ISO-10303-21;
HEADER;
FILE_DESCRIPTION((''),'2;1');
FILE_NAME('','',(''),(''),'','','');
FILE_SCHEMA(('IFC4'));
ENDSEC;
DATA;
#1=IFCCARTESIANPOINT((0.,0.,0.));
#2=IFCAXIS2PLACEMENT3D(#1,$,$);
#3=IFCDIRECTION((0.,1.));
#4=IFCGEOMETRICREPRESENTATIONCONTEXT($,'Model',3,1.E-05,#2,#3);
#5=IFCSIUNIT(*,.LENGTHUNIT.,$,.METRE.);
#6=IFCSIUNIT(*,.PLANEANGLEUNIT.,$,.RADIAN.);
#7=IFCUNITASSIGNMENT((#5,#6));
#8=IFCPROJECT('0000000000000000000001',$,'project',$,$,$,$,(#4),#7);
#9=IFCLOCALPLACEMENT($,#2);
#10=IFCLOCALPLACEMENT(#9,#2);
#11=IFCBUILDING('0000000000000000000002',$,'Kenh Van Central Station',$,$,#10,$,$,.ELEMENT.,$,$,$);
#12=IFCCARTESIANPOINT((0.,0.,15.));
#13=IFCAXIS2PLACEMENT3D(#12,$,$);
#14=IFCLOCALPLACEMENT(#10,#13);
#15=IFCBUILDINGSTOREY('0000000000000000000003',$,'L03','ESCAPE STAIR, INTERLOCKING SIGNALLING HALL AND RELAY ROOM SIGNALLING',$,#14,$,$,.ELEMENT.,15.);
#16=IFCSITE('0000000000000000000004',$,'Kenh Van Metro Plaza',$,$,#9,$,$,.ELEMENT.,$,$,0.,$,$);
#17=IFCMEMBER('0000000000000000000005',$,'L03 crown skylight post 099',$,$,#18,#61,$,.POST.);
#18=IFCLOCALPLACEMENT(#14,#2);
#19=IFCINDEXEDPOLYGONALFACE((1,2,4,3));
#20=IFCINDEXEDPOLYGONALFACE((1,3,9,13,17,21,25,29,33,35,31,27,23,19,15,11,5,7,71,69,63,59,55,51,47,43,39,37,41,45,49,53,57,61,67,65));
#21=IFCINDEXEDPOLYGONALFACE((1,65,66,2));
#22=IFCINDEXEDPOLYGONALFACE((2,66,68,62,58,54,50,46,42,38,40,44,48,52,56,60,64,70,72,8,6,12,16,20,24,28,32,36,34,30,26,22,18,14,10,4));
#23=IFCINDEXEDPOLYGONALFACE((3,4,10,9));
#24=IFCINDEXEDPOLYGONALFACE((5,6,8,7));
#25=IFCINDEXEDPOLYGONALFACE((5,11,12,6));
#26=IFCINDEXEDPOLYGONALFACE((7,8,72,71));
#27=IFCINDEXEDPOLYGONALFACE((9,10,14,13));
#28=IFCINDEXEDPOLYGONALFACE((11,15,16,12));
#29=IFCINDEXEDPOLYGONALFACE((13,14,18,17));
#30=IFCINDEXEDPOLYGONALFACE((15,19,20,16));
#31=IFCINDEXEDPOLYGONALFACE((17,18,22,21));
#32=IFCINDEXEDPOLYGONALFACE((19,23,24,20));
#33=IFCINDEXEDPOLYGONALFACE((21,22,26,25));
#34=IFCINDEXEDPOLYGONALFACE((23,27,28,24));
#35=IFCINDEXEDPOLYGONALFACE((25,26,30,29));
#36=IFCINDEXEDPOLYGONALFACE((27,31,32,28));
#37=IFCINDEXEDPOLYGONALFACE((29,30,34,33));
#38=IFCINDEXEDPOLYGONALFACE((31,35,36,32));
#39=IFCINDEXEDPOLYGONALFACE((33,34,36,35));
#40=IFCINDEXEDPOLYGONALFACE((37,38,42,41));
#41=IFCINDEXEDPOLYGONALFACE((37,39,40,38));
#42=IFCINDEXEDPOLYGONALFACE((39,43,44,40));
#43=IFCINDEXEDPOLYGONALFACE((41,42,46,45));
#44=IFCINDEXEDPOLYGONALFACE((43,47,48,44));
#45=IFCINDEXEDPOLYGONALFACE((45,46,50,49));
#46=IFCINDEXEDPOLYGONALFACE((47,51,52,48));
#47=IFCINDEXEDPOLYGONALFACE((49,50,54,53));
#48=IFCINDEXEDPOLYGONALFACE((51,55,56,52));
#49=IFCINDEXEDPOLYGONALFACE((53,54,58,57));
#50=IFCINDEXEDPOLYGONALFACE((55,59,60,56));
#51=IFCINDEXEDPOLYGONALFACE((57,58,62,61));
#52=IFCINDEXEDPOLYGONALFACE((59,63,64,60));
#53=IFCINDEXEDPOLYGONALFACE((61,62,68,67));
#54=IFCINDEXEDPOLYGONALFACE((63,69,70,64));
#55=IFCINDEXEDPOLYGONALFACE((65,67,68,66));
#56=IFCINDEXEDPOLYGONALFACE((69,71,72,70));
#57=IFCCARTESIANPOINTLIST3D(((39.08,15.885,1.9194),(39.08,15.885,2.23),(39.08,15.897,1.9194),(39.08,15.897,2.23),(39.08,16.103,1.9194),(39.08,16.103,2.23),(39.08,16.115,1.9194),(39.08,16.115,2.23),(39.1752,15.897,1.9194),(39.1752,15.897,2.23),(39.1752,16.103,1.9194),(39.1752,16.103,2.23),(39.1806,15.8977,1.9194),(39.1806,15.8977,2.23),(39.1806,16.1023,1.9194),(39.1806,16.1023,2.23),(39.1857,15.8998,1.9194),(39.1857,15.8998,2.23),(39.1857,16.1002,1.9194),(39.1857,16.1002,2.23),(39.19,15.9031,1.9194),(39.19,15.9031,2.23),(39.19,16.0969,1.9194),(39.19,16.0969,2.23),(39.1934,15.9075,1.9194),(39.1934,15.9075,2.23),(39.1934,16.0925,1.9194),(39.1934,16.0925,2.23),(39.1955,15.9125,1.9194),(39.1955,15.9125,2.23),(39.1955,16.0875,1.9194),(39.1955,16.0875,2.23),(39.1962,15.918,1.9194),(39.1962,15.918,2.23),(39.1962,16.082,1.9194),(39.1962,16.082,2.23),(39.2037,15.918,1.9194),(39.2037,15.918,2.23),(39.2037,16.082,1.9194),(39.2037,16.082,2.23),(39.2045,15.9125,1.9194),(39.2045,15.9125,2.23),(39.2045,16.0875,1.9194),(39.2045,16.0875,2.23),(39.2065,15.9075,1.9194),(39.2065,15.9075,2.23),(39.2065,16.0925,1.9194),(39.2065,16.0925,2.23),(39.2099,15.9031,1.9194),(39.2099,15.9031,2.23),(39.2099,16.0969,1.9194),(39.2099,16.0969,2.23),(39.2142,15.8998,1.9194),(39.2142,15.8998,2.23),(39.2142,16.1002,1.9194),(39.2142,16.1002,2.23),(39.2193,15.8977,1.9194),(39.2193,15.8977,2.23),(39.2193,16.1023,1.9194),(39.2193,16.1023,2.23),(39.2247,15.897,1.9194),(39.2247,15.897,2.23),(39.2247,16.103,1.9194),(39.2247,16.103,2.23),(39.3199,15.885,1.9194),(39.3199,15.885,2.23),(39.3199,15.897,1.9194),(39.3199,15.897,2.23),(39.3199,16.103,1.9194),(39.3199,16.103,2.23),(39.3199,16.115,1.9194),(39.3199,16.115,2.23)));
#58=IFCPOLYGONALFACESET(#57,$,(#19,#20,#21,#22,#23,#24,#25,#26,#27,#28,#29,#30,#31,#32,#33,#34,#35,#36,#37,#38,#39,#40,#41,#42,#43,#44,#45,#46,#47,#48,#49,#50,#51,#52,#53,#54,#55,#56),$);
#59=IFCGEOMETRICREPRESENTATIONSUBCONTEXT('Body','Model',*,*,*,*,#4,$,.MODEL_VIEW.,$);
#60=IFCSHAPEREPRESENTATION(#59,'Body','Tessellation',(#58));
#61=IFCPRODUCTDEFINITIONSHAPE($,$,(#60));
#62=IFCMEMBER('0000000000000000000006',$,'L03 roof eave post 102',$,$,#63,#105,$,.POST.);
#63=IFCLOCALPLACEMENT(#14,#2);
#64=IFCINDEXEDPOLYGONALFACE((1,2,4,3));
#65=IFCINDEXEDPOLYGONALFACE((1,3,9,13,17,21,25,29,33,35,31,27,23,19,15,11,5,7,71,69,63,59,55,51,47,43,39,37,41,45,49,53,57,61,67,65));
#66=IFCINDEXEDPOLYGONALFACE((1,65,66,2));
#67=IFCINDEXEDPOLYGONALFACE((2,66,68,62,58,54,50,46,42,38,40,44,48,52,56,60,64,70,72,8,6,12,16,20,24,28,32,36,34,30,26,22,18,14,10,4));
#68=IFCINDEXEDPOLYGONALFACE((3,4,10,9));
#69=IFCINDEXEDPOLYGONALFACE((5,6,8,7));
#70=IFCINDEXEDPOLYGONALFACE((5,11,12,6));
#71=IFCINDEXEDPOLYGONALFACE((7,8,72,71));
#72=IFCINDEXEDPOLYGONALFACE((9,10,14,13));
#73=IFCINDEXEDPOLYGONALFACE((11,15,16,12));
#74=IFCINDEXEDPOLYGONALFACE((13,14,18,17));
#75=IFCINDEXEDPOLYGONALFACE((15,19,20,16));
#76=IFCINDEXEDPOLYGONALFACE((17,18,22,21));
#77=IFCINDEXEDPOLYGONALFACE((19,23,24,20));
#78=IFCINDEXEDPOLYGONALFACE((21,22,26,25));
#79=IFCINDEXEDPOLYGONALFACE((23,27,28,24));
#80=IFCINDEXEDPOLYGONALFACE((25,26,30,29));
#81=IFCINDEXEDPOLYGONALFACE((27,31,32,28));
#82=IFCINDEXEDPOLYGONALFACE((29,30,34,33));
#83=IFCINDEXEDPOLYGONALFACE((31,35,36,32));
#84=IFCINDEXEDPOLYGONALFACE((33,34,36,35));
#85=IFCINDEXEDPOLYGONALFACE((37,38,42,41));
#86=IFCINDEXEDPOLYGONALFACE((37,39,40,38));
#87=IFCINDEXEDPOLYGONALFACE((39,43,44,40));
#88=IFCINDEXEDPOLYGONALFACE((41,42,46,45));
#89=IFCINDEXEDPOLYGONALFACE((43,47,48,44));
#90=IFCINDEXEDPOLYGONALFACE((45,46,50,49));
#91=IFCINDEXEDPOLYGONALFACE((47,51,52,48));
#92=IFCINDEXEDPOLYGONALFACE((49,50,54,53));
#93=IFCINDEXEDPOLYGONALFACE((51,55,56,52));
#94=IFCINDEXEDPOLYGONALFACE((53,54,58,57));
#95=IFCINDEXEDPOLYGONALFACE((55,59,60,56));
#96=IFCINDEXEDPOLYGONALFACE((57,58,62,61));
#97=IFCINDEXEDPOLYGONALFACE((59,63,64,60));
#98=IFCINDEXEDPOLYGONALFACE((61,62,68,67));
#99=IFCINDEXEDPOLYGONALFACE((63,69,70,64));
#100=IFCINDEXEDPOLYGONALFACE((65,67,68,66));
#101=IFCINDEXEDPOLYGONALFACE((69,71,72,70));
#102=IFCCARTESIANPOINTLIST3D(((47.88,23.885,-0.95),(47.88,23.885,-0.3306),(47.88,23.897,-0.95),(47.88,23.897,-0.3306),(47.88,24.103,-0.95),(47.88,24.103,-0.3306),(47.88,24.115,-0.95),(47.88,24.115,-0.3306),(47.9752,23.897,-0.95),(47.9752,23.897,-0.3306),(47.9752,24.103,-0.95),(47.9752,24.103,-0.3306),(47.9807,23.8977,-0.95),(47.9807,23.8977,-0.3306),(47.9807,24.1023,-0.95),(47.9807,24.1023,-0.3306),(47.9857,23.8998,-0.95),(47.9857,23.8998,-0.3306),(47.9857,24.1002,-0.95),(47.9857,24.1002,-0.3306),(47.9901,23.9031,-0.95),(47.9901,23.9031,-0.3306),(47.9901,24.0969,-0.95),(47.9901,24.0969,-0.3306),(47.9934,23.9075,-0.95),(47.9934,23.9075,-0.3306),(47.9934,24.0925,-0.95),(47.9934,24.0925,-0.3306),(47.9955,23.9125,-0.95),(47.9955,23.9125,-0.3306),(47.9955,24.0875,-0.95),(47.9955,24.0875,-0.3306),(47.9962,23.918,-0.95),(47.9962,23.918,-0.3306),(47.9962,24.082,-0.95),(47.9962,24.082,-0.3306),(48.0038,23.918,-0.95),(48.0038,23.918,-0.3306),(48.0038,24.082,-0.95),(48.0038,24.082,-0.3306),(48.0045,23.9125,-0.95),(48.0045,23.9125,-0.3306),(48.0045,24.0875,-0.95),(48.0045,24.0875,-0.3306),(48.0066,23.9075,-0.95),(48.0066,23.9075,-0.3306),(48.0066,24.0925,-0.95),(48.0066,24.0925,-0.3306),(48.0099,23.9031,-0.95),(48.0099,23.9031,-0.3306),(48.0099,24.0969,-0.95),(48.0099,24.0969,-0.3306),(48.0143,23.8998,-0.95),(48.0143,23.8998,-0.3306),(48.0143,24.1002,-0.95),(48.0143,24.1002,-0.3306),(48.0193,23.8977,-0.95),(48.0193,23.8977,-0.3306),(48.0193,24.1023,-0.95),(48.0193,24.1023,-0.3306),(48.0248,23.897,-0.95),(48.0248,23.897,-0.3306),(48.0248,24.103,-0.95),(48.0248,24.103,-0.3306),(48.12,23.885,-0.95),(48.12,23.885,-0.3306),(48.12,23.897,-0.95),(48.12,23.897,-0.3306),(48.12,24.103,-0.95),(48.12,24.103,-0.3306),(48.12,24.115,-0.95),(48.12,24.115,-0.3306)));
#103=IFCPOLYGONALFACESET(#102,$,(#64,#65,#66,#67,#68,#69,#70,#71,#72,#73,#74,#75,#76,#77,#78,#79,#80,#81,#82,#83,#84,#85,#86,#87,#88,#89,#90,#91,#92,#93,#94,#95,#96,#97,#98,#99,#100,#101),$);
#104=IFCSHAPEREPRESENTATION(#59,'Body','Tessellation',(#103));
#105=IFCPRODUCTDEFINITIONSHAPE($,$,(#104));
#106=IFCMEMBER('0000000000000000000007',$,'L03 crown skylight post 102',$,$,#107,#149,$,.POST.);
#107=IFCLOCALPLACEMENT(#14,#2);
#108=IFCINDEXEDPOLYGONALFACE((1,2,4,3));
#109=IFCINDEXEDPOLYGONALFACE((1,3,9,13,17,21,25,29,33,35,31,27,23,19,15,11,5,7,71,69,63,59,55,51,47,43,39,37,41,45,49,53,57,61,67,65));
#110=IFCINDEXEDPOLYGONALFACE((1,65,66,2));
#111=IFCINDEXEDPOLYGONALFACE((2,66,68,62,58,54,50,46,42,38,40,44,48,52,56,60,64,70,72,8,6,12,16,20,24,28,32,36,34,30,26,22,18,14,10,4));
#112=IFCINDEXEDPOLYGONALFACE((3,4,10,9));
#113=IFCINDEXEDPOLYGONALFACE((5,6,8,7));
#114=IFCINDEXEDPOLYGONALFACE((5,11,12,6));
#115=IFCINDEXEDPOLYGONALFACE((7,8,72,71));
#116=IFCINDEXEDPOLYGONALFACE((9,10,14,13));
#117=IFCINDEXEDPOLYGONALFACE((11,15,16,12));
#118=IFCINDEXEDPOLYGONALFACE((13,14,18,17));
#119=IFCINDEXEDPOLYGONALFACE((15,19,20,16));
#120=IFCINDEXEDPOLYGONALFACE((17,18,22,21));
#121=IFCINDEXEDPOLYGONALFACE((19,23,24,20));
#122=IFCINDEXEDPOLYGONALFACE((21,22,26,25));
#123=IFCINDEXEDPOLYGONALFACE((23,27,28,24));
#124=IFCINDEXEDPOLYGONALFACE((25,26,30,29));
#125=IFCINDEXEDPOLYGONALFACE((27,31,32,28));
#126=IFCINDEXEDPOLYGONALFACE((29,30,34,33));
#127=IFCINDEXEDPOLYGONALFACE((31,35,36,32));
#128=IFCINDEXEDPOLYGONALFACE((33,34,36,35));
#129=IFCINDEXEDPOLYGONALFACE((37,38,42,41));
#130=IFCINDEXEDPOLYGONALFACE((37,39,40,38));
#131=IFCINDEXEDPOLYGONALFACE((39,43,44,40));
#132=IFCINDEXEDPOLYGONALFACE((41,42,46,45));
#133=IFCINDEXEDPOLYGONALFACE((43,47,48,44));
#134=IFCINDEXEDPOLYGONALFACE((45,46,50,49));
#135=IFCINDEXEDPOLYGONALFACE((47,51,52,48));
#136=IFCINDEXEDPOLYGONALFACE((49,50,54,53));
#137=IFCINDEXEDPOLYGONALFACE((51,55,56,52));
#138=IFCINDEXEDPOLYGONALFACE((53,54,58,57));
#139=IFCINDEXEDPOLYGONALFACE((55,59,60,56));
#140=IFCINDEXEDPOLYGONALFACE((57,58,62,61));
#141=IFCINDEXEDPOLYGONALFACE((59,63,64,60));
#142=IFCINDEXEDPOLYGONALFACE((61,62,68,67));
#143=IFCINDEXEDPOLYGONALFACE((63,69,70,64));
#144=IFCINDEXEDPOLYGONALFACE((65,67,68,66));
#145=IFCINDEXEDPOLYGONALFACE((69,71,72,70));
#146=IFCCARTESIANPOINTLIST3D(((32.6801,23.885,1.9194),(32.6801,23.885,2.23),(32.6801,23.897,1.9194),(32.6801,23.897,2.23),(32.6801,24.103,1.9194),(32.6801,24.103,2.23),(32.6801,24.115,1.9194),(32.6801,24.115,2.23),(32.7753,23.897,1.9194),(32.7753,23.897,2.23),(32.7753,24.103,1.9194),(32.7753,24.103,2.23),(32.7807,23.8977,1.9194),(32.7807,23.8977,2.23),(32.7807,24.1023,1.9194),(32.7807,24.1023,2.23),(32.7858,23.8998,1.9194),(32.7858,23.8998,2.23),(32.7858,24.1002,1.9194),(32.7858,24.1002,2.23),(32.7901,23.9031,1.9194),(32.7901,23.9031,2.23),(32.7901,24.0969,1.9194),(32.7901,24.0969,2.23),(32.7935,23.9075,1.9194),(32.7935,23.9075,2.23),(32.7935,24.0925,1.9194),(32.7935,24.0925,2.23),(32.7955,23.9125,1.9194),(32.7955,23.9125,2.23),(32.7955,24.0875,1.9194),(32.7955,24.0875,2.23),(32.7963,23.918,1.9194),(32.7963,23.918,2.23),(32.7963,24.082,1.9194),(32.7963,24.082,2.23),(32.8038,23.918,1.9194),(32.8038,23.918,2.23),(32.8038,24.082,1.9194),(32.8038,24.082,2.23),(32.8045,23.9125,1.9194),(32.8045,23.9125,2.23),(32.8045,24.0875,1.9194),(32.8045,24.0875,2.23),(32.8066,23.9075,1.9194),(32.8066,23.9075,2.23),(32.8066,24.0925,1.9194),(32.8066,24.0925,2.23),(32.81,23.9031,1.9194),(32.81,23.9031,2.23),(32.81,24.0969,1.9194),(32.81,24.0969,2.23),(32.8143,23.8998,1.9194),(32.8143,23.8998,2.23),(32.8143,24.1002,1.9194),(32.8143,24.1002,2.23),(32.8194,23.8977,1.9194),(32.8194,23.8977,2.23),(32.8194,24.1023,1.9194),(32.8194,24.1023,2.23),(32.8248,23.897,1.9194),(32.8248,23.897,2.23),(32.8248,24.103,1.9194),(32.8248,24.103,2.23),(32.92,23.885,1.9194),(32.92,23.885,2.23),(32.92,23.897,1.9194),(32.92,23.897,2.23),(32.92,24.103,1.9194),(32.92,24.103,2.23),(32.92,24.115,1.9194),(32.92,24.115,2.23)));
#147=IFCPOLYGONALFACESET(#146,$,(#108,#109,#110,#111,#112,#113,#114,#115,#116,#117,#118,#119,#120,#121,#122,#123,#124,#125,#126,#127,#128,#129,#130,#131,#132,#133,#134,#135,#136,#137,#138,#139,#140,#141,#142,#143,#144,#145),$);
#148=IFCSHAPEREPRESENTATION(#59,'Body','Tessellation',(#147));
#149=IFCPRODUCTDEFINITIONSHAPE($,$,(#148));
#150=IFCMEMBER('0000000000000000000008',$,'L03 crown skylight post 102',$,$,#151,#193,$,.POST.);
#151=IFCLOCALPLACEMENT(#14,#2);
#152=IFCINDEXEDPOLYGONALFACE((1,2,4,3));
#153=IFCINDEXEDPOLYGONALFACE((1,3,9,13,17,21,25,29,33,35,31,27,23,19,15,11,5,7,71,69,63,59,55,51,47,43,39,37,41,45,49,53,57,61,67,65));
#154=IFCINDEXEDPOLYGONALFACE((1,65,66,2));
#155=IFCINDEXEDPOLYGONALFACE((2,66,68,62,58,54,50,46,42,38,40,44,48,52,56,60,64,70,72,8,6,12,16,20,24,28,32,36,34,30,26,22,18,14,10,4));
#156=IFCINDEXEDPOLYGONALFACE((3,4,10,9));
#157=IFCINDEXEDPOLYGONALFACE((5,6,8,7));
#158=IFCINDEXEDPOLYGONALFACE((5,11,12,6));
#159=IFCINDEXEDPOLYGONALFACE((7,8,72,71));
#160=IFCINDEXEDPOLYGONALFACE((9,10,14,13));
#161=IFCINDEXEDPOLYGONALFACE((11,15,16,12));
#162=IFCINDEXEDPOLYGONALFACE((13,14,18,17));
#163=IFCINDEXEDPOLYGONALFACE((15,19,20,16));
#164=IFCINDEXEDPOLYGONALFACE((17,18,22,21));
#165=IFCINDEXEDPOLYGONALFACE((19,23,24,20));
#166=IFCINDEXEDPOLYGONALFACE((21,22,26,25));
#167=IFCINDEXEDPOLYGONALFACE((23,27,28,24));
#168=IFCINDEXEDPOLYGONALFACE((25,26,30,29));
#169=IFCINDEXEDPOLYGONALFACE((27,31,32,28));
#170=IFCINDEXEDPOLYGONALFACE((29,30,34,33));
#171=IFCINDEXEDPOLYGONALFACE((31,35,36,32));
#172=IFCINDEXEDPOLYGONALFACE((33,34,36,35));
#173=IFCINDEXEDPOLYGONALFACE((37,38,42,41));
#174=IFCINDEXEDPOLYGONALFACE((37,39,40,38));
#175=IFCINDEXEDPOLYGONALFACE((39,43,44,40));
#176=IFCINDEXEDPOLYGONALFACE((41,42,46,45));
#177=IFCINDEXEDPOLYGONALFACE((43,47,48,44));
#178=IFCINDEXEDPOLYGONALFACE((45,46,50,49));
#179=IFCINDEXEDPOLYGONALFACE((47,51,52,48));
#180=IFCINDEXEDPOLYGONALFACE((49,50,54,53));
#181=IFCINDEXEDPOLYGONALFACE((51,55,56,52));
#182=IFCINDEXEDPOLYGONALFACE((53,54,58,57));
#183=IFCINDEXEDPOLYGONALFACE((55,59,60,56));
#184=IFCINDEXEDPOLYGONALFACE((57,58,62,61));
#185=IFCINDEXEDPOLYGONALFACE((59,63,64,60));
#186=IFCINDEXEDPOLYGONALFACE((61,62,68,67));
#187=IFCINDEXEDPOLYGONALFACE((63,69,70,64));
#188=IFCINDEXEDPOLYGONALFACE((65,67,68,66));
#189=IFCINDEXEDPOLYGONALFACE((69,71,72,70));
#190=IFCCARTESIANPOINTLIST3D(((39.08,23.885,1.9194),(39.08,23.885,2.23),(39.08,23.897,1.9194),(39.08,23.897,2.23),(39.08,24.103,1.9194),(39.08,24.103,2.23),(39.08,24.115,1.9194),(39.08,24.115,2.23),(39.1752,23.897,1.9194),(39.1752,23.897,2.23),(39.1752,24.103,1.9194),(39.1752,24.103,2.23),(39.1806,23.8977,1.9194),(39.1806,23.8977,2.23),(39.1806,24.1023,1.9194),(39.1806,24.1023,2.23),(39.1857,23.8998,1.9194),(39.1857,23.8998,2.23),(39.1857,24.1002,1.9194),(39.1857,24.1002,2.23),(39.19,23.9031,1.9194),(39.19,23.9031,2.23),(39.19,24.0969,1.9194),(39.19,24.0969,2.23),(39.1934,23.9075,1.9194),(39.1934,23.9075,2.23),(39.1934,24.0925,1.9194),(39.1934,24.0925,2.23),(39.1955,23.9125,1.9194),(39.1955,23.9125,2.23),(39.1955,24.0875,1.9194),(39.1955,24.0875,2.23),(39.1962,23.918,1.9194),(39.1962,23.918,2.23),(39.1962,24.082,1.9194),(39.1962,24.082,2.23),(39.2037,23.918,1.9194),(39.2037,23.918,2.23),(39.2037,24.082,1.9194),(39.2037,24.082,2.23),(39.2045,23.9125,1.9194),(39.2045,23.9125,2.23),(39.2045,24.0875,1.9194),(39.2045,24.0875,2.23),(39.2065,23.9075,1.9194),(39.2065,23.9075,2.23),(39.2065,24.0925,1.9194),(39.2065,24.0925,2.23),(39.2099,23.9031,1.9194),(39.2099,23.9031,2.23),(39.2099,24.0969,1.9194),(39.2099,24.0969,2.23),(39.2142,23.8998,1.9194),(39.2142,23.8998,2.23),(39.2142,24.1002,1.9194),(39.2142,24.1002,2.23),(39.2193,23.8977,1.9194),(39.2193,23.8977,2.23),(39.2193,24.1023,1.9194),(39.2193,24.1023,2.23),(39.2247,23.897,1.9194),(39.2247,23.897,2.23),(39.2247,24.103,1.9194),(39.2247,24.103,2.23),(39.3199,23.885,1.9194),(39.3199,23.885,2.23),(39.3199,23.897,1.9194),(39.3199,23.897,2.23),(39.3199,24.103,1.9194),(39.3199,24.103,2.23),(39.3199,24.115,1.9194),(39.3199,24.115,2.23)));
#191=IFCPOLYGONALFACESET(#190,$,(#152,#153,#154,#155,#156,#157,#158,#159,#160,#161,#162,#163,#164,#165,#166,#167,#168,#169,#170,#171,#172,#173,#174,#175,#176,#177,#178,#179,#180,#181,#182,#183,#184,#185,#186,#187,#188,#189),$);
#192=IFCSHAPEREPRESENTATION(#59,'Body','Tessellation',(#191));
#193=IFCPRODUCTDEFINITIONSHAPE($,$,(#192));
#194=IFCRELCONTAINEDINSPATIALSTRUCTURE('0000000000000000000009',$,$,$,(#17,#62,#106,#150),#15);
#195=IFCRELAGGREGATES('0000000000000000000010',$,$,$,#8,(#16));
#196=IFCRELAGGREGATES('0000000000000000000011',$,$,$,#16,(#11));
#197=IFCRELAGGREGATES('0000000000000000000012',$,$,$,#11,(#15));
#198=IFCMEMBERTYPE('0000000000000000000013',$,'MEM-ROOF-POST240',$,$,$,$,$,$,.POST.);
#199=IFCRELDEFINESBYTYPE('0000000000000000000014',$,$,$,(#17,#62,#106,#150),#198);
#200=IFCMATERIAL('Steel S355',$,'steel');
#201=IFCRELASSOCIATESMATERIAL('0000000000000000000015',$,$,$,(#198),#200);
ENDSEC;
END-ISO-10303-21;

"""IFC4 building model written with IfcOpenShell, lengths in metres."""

from ifc_helpers import new_model, si_unit, direction, frame, origin, origin_2d, place, context, subcontext, project, spatial, i_section, extrude, material, material_profile, profile_set, type_object, element, save


model = new_model("IFC4")

# Units and contexts
model_context = context("Model", 3, precision=1e-05, world=origin(), true_north=direction((0.0, 1.0)))
body_context = subcontext(model_context, "Body", "Model", "MODEL_VIEW")
ifc_project = project(units=[si_unit("LENGTHUNIT", "METRE"), si_unit("PLANEANGLEUNIT", "RADIAN")], contexts=[model_context])

# Site, building, storey
site_placement = place(None, origin())
site = spatial("IfcSite", under=ifc_project, at=site_placement, Name="Kenh Van Metro Plaza", CompositionType="ELEMENT", RefElevation=0.0)
building_placement = place(site_placement, origin())
building = spatial("IfcBuilding", under=site, at=building_placement, Name="Kenh Van Central Station", CompositionType="ELEMENT")
storey_placement = place(building_placement, frame((0.0, 0.0, 15.0)))
storey = spatial("IfcBuildingStorey", under=building, at=storey_placement, Name="L03", Description="ESCAPE STAIR, INTERLOCKING SIGNALLING HALL AND RELAY ROOM SIGNALLING", CompositionType="ELEMENT", Elevation=15.0)

# Shared definitions
ifc_material_1 = material(Name="Steel S355", Category="steel")

# Members
ifc_material_profile_1 = material_profile(ifc_material_1, i_section(OverallWidth=0.24, OverallDepth=0.23, WebThickness=0.0076, FlangeThickness=0.012, FilletRadius=0.021, at=origin_2d()), Name="HEA 240")
ifc_profile_set_1 = profile_set([ifc_material_profile_1], Name="Steel S355")
member_type_1 = type_object("IfcMemberType", Name="MEM-ROOF-POST240", PredefinedType="POST", material=ifc_profile_set_1)
for number, where, z_axis, x_axis, name in (
    (1, (39.2, 16.0, 1.9194), (0.0, 0.0, 1.0), (1.0, 0.0, 0.0), "L03 crown skylight post 099"),
):
    element("IfcMember", number, at=place(storey_placement, frame(where, z_axis=z_axis, x_axis=x_axis)), inside=storey, type_object=member_type_1, Name=name, PredefinedType="POST", context=body_context, shape_type="SweptSolid", body=[
        extrude(i_section(OverallWidth=0.24, OverallDepth=0.23, WebThickness=0.0076, FlangeThickness=0.012, FilletRadius=0.021, at=origin_2d()), origin(), (0.0, 0.0, 1.0), 0.3105),
    ])
member_1_placement = place(storey_placement, frame((48.0, 24.0, -0.95), z_axis=(0.0, 0.0, 1.0), x_axis=(1.0, 0.0, 0.0)))
element("IfcMember", 2, at=member_1_placement, inside=storey, type_object=member_type_1, Name="L03 roof eave post 102", PredefinedType="POST", context=body_context, shape_type="SweptSolid", body=[
    extrude(i_section(OverallWidth=0.24, OverallDepth=0.23, WebThickness=0.0076, FlangeThickness=0.012, FilletRadius=0.021, at=origin_2d()), origin(), (0.0, 0.0, 1.0), 0.6194),
])
for number, where, z_axis, x_axis, name in (
    (3, (32.8, 24.0, 1.9194), (0.0, 0.0, 1.0), (1.0, 0.0, 0.0), "L03 crown skylight post 102"),
    (4, (39.2, 24.0, 1.9194), (0.0, 0.0, 1.0), (1.0, 0.0, 0.0), "L03 crown skylight post 102"),
):
    element("IfcMember", number, at=place(storey_placement, frame(where, z_axis=z_axis, x_axis=x_axis)), inside=storey, type_object=member_type_1, Name=name, PredefinedType="POST", context=body_context, shape_type="SweptSolid", body=[
        extrude(i_section(OverallWidth=0.24, OverallDepth=0.23, WebThickness=0.0076, FlangeThickness=0.012, FilletRadius=0.021, at=origin_2d()), origin(), (0.0, 0.0, 1.0), 0.3105),
    ])

save(model, "model.ifc")
